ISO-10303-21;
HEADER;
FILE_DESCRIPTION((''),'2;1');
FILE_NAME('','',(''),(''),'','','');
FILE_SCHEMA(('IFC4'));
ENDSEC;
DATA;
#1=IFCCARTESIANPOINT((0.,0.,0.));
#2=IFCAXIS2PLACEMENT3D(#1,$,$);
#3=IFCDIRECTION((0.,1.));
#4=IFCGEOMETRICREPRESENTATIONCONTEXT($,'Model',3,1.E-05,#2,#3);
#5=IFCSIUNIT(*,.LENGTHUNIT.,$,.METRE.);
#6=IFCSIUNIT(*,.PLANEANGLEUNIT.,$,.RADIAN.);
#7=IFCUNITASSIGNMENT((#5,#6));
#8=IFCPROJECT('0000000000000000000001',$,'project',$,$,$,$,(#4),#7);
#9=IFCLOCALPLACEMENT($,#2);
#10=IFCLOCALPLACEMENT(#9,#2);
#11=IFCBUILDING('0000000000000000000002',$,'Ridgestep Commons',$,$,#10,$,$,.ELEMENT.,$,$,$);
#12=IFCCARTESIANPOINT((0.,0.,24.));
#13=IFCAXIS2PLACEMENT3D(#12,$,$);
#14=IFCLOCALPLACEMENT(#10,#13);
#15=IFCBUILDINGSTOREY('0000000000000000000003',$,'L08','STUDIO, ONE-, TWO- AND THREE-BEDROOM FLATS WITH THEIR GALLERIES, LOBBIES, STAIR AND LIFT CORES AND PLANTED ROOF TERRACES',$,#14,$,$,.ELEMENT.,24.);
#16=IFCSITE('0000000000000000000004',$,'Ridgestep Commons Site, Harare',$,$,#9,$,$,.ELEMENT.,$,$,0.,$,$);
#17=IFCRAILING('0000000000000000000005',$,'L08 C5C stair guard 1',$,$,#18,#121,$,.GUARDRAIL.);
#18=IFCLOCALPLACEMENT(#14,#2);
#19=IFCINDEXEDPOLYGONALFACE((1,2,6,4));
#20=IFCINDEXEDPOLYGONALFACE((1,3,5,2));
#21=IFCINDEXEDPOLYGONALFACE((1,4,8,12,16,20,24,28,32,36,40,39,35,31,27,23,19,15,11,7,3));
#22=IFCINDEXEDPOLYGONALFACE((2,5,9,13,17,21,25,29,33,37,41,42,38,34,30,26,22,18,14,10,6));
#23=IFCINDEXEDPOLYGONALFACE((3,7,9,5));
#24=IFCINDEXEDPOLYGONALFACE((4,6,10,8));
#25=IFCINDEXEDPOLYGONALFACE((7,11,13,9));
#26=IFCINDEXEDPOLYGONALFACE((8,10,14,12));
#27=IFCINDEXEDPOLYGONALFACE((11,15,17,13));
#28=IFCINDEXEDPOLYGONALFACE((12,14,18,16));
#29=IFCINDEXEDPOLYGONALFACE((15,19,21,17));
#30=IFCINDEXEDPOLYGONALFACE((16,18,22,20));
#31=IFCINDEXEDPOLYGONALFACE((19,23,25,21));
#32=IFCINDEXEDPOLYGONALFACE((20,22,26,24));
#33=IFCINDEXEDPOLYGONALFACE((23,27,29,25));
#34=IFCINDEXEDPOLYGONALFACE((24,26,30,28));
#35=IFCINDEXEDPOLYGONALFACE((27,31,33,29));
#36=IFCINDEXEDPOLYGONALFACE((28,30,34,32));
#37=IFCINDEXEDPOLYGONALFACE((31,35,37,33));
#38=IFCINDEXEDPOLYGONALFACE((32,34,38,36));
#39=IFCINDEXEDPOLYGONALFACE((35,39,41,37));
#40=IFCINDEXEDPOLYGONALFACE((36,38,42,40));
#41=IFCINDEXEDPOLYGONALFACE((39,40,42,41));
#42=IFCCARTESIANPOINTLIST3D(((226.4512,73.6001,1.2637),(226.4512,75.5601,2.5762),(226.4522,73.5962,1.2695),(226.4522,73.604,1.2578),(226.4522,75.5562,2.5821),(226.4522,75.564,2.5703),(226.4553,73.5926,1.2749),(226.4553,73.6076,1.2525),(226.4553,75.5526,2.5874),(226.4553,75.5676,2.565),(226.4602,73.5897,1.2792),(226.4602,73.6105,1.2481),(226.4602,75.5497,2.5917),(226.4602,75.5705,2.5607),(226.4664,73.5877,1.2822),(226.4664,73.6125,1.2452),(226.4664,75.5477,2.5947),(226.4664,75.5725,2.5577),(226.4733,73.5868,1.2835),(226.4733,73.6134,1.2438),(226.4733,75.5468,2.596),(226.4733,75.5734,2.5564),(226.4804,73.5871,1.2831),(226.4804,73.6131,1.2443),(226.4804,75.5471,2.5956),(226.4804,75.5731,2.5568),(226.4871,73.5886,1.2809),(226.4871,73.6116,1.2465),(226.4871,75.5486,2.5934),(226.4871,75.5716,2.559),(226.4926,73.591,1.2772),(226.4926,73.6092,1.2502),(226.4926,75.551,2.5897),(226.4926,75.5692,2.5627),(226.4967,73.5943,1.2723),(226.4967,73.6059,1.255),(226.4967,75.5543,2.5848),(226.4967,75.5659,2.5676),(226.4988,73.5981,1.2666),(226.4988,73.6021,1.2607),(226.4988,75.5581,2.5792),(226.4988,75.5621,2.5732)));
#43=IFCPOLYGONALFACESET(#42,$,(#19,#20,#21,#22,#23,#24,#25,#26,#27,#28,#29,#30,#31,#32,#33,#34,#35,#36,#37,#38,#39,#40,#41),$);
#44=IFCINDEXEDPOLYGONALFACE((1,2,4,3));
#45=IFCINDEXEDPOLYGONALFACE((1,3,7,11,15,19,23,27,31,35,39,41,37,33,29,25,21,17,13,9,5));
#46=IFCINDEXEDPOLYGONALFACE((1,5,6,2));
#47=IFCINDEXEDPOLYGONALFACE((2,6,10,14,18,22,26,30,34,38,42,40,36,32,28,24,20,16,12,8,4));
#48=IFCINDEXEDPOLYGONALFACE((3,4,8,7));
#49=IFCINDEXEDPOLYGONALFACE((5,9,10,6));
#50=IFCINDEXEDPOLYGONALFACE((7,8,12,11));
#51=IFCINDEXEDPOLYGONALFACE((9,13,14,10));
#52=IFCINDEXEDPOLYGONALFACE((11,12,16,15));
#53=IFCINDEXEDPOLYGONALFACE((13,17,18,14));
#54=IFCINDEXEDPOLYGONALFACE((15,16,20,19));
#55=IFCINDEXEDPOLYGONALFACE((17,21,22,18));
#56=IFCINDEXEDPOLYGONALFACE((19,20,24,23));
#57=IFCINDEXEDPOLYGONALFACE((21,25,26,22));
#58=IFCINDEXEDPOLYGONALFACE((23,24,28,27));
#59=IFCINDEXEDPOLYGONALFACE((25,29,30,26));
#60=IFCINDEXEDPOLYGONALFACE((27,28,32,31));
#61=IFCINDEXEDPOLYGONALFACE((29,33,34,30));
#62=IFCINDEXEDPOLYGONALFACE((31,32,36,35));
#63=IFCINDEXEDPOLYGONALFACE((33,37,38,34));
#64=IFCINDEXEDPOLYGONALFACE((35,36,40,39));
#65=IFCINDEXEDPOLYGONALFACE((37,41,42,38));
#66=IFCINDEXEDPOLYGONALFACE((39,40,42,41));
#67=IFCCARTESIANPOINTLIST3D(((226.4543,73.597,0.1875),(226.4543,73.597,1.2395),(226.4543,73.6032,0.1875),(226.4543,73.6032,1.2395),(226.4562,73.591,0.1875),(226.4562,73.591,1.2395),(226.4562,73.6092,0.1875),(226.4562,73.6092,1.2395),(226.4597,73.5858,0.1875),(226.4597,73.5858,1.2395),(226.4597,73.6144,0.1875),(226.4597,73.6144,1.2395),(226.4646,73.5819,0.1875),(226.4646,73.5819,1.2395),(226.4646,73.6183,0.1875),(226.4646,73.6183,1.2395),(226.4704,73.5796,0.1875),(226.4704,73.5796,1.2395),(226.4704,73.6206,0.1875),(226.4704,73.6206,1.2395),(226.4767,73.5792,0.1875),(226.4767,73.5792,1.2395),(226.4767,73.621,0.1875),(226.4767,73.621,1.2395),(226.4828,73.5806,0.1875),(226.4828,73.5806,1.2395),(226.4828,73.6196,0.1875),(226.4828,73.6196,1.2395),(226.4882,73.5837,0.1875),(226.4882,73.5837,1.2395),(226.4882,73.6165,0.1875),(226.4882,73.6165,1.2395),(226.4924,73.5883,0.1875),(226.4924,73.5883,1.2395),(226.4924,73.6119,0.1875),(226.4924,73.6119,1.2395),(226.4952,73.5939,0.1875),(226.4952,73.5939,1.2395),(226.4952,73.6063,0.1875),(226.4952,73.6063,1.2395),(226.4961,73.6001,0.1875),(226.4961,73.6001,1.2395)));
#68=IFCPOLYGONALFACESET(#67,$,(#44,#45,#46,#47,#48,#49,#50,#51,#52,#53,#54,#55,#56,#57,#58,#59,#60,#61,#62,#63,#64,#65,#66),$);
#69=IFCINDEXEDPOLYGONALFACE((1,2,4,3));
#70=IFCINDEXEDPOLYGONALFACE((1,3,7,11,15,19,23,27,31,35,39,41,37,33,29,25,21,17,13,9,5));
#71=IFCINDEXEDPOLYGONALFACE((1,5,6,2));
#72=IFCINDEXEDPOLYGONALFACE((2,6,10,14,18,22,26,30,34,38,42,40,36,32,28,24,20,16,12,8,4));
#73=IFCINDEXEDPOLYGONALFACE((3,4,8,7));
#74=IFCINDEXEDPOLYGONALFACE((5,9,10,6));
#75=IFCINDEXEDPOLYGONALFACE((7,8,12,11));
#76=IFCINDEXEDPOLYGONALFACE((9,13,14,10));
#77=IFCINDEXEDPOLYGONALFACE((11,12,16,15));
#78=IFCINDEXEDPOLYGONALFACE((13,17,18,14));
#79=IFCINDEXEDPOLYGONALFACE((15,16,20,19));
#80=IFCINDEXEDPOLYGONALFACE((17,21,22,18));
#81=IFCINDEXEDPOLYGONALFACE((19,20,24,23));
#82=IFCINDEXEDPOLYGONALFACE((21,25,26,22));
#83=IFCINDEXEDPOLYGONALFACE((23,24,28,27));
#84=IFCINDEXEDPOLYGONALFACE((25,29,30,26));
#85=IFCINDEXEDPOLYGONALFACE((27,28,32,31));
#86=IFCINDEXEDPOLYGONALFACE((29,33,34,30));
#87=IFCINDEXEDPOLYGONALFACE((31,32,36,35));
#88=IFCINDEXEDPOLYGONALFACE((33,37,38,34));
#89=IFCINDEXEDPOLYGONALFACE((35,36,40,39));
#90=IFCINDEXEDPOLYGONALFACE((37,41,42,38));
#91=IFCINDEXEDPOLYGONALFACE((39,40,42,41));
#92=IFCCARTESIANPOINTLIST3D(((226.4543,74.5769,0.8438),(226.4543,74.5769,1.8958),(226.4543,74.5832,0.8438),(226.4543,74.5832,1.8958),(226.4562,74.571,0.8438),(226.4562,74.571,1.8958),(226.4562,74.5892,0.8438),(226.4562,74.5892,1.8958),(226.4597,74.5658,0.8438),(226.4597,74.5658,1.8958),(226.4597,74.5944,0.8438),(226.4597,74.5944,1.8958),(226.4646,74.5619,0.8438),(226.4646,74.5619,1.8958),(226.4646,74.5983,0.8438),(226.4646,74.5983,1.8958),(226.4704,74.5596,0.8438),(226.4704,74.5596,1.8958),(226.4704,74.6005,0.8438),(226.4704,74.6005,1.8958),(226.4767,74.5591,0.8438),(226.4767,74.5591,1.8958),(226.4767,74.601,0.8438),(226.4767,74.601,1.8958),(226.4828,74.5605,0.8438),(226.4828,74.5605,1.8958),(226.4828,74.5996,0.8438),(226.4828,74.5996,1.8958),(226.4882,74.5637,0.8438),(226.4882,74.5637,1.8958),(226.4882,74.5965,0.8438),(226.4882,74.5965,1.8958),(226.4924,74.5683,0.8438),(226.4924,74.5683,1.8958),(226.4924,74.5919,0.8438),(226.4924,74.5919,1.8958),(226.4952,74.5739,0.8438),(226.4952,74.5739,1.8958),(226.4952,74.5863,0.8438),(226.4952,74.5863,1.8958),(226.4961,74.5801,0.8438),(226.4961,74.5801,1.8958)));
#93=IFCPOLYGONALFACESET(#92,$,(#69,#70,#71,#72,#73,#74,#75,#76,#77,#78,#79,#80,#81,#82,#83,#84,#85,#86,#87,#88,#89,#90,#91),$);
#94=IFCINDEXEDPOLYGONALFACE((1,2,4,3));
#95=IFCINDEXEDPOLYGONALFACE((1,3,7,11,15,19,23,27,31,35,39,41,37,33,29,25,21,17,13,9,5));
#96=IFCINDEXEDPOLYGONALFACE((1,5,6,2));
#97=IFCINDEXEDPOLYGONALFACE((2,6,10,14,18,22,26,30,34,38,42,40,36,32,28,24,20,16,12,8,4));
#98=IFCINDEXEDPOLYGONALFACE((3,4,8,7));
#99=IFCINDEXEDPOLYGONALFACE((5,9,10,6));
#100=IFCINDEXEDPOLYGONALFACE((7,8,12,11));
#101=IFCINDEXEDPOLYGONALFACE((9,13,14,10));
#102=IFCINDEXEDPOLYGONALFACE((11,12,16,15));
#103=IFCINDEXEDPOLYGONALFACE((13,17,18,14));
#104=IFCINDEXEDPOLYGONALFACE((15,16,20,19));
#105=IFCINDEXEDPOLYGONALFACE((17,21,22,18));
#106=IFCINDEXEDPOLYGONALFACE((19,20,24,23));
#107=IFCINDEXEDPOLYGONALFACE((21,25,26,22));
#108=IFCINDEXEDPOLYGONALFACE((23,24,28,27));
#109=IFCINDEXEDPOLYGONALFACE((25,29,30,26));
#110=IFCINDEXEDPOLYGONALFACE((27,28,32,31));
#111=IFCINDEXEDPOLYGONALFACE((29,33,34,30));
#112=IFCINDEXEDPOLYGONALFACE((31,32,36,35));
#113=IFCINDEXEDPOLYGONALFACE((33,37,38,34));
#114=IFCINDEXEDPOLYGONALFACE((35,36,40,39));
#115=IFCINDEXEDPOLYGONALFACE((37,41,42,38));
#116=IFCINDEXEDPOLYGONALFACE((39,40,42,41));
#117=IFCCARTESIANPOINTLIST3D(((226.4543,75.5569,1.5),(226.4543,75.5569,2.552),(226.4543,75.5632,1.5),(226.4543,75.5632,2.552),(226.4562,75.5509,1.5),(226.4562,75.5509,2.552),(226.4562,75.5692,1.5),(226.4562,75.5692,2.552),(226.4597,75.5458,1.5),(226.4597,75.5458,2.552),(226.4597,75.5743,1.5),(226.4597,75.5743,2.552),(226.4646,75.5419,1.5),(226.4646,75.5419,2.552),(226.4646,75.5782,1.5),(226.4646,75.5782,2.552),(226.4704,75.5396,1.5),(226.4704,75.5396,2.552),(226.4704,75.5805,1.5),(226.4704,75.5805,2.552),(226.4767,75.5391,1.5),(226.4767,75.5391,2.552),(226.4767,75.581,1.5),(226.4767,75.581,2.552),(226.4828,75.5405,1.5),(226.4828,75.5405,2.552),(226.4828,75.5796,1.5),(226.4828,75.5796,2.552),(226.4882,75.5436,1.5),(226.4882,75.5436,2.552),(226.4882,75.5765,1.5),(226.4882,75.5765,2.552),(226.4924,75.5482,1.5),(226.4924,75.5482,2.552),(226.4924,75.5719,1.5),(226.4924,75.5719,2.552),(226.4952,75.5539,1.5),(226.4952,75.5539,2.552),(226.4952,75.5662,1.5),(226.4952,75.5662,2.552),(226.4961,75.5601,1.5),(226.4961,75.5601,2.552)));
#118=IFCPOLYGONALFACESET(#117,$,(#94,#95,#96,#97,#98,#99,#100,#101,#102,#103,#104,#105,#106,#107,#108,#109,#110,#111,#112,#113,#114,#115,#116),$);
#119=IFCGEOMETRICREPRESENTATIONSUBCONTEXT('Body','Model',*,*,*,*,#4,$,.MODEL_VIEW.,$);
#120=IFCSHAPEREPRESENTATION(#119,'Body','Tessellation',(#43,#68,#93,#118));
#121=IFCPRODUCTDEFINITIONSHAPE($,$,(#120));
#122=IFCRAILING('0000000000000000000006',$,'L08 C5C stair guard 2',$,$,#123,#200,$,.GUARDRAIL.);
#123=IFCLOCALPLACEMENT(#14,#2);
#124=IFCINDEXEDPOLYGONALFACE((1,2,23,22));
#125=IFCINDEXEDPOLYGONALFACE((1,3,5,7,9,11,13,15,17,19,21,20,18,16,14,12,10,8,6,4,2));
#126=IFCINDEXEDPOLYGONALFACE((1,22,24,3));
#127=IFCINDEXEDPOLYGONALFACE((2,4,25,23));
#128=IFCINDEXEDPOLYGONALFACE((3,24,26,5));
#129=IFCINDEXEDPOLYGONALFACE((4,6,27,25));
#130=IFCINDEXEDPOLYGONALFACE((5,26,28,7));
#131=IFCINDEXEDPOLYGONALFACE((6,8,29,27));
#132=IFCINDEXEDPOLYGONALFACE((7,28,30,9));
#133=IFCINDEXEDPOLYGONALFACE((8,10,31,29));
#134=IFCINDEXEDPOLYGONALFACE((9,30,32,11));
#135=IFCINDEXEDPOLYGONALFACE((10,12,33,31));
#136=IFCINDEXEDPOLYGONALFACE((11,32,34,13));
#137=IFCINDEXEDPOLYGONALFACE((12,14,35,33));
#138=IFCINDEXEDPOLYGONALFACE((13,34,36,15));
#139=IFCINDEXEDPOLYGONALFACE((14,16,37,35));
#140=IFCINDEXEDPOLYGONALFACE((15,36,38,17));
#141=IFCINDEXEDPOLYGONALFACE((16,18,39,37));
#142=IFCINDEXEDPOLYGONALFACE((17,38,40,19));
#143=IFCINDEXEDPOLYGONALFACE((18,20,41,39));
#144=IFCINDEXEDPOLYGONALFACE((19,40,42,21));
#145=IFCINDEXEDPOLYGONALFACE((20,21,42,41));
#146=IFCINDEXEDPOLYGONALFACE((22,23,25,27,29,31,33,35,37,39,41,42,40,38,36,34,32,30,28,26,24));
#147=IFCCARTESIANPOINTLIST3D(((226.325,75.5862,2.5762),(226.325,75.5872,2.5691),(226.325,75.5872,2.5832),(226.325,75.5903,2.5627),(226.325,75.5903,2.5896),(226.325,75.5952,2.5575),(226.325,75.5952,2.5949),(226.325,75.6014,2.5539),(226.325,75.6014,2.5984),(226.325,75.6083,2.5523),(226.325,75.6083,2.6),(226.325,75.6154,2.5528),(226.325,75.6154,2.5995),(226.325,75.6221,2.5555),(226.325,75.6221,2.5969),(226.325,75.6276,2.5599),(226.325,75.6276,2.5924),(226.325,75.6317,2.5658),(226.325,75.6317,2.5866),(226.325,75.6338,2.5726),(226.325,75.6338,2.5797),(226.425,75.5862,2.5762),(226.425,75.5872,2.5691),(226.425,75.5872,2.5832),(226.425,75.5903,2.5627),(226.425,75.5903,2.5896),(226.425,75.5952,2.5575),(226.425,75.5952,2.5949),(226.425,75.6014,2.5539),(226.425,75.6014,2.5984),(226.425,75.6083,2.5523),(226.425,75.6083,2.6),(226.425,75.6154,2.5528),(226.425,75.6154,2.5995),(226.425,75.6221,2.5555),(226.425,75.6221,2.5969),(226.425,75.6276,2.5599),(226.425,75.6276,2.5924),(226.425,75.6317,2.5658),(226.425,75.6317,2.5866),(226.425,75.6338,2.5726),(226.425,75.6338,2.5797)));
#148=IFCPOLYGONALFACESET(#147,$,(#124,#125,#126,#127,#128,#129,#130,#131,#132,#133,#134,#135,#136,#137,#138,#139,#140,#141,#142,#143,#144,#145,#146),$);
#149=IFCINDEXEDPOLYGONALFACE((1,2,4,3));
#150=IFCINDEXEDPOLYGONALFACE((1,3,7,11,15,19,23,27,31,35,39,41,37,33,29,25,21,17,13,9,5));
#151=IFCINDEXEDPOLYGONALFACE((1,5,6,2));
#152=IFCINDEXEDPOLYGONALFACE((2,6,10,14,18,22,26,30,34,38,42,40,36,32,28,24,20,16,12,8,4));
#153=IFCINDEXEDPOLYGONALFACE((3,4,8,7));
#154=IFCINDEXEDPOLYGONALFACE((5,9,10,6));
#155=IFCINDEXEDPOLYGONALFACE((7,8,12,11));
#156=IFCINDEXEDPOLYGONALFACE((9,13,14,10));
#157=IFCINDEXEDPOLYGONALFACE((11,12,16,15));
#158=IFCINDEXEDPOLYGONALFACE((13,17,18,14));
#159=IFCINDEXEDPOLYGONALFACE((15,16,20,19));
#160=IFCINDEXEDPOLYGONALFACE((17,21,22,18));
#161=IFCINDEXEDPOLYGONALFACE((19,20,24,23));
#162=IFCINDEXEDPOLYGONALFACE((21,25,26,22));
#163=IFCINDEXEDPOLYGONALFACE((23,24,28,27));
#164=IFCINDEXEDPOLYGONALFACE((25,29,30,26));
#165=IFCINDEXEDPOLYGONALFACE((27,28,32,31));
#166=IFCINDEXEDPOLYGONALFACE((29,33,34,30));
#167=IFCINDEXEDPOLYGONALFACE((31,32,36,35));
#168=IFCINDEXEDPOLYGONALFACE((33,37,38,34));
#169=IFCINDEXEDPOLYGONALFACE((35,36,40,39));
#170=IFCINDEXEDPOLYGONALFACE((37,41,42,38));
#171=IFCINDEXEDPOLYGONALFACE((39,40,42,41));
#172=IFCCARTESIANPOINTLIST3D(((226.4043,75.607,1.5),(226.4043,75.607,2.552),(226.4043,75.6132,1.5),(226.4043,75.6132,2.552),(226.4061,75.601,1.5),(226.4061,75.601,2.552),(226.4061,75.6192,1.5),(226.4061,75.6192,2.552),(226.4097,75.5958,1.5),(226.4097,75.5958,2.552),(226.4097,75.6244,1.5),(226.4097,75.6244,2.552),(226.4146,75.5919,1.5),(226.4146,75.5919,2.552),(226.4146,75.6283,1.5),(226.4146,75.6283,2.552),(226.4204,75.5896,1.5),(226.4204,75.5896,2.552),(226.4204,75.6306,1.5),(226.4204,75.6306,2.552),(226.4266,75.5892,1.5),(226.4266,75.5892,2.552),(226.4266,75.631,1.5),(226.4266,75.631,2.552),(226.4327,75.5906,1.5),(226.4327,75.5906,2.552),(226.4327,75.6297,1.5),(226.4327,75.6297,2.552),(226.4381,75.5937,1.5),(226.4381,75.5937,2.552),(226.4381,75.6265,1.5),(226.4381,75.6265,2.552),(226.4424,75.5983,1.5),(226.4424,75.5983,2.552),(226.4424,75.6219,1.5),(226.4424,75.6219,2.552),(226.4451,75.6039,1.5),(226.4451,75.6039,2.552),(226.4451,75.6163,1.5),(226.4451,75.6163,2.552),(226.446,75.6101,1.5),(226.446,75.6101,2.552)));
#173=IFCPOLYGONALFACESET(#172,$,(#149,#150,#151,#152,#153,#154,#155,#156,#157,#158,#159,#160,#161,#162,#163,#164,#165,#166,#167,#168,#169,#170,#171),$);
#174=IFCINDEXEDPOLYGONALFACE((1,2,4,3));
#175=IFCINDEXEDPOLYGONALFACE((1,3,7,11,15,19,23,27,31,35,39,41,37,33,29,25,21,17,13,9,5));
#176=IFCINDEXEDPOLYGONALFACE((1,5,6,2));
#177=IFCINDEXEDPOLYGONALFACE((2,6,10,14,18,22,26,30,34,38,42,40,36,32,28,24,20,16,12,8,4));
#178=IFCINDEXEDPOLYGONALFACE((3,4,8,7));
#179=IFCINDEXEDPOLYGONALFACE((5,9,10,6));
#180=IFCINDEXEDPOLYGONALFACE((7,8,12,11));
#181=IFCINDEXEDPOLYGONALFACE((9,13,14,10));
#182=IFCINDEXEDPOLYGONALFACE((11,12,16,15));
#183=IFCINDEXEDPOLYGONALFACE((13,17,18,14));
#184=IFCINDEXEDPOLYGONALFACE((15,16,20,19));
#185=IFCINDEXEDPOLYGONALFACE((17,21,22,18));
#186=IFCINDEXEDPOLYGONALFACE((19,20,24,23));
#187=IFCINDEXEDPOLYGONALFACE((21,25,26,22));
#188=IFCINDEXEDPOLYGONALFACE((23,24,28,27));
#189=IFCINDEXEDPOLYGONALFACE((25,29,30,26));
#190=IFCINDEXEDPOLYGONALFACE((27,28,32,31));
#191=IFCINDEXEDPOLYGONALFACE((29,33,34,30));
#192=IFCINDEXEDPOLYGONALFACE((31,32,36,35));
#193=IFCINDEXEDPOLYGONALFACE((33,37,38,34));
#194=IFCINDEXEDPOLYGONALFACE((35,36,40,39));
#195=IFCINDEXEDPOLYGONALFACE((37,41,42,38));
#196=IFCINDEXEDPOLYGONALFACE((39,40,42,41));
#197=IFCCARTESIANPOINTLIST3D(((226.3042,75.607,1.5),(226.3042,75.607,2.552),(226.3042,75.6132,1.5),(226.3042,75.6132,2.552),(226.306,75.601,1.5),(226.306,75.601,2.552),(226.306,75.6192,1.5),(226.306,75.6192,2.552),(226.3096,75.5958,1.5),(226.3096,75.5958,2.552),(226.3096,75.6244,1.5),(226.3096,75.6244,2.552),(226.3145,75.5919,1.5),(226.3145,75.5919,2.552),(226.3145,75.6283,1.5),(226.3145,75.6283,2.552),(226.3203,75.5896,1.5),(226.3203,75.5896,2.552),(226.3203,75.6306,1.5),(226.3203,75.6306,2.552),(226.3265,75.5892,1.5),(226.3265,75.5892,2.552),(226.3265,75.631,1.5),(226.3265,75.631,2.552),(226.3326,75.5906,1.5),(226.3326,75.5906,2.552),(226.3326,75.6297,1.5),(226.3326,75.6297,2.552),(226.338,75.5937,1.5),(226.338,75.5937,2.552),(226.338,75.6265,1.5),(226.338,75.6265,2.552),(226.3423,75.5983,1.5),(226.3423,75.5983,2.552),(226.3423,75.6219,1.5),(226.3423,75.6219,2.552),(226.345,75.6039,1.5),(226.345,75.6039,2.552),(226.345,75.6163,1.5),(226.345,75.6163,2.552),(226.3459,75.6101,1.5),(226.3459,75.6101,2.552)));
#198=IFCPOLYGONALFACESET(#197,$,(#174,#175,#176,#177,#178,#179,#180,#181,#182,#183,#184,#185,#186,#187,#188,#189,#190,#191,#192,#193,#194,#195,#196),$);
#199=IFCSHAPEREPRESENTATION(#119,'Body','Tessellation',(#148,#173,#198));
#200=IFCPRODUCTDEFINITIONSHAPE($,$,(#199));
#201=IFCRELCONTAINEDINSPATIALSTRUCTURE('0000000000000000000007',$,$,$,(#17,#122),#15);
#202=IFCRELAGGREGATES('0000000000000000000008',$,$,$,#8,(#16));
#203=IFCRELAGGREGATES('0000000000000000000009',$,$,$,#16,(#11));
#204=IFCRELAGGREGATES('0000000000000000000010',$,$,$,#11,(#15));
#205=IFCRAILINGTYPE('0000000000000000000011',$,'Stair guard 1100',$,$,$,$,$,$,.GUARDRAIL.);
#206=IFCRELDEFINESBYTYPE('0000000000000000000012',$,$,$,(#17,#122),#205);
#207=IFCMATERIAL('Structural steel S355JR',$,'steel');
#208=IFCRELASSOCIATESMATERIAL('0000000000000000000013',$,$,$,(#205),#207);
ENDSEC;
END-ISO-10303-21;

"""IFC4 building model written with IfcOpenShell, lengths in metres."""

from ifc_helpers import new_model, si_unit, direction, frame, origin, origin_2d, place, context, subcontext, project, spatial, circle, extrude, material, type_object, element, save


model = new_model("IFC4")

# Units and contexts
model_context = context("Model", 3, precision=1e-05, world=origin(), true_north=direction((0.0, 1.0)))
body_context = subcontext(model_context, "Body", "Model", "MODEL_VIEW")
ifc_project = project(units=[si_unit("LENGTHUNIT", "METRE"), si_unit("PLANEANGLEUNIT", "RADIAN")], contexts=[model_context])

# Site, building, storey
site_placement = place(None, origin())
site = spatial("IfcSite", under=ifc_project, at=site_placement, Name="Ridgestep Commons Site, Harare", CompositionType="ELEMENT", RefElevation=0.0)
building_placement = place(site_placement, origin())
building = spatial("IfcBuilding", under=site, at=building_placement, Name="Ridgestep Commons", CompositionType="ELEMENT")
storey_placement = place(building_placement, frame((0.0, 0.0, 24.0)))
storey = spatial("IfcBuildingStorey", under=building, at=storey_placement, Name="L08", Description="STUDIO, ONE-, TWO- AND THREE-BEDROOM FLATS WITH THEIR GALLERIES, LOBBIES, STAIR AND LIFT CORES AND PLANTED ROOF TERRACES", CompositionType="ELEMENT", Elevation=24.0)

# Railings
ifc_material_1 = material(Name="Structural steel S355JR", Category="steel")
railing_type_1 = type_object("IfcRailingType", Name="Stair guard 1100", PredefinedType="GUARDRAIL", material=ifc_material_1)
railing_1_placement = place(storey_placement, frame((226.4751, 73.6001, 0.1875)))
element("IfcRailing", 1, at=railing_1_placement, inside=storey, type_object=railing_type_1, Name="L08 C5C stair guard 1", PredefinedType="GUARDRAIL", context=body_context, shape_type="SweptSolid", body=[
    extrude(circle(Radius=0.0239, at=origin_2d()), frame((0.0, 0.0, 1.0762), z_axis=(0.0, 0.830902, 0.556419), x_axis=(-1.0, 0.0, 0.0)), (0.0, 0.0, 1.0), 2.3589),
    extrude(circle(Radius=0.021, at=origin_2d()), origin(), (0.0, 0.0, 1.0), 1.052),
    extrude(circle(Radius=0.021, at=origin_2d()), frame((0.0, 0.98, 0.6562)), (0.0, 0.0, 1.0), 1.052),
    extrude(circle(Radius=0.021, at=origin_2d()), frame((0.0, 1.96, 1.3125)), (0.0, 0.0, 1.0), 1.052),
])
railing_2_placement = place(storey_placement, frame((226.425, 75.6101, 1.5)))
element("IfcRailing", 2, at=railing_2_placement, inside=storey, type_object=railing_type_1, Name="L08 C5C stair guard 2", PredefinedType="GUARDRAIL", context=body_context, shape_type="SweptSolid", body=[
    extrude(circle(Radius=0.0239, at=origin_2d()), frame((0.0, 0.0, 1.0762), z_axis=(-1.0, 0.0, 0.0), x_axis=(0.0, -1.0, 0.0)), (0.0, 0.0, 1.0), 0.1001),
    extrude(circle(Radius=0.021, at=origin_2d()), origin(), (0.0, 0.0, 1.0), 1.052),
    extrude(circle(Radius=0.021, at=origin_2d()), frame((-0.1001, 0.0, 0.0)), (0.0, 0.0, 1.0), 1.052),
])

save(model, "model.ifc")
